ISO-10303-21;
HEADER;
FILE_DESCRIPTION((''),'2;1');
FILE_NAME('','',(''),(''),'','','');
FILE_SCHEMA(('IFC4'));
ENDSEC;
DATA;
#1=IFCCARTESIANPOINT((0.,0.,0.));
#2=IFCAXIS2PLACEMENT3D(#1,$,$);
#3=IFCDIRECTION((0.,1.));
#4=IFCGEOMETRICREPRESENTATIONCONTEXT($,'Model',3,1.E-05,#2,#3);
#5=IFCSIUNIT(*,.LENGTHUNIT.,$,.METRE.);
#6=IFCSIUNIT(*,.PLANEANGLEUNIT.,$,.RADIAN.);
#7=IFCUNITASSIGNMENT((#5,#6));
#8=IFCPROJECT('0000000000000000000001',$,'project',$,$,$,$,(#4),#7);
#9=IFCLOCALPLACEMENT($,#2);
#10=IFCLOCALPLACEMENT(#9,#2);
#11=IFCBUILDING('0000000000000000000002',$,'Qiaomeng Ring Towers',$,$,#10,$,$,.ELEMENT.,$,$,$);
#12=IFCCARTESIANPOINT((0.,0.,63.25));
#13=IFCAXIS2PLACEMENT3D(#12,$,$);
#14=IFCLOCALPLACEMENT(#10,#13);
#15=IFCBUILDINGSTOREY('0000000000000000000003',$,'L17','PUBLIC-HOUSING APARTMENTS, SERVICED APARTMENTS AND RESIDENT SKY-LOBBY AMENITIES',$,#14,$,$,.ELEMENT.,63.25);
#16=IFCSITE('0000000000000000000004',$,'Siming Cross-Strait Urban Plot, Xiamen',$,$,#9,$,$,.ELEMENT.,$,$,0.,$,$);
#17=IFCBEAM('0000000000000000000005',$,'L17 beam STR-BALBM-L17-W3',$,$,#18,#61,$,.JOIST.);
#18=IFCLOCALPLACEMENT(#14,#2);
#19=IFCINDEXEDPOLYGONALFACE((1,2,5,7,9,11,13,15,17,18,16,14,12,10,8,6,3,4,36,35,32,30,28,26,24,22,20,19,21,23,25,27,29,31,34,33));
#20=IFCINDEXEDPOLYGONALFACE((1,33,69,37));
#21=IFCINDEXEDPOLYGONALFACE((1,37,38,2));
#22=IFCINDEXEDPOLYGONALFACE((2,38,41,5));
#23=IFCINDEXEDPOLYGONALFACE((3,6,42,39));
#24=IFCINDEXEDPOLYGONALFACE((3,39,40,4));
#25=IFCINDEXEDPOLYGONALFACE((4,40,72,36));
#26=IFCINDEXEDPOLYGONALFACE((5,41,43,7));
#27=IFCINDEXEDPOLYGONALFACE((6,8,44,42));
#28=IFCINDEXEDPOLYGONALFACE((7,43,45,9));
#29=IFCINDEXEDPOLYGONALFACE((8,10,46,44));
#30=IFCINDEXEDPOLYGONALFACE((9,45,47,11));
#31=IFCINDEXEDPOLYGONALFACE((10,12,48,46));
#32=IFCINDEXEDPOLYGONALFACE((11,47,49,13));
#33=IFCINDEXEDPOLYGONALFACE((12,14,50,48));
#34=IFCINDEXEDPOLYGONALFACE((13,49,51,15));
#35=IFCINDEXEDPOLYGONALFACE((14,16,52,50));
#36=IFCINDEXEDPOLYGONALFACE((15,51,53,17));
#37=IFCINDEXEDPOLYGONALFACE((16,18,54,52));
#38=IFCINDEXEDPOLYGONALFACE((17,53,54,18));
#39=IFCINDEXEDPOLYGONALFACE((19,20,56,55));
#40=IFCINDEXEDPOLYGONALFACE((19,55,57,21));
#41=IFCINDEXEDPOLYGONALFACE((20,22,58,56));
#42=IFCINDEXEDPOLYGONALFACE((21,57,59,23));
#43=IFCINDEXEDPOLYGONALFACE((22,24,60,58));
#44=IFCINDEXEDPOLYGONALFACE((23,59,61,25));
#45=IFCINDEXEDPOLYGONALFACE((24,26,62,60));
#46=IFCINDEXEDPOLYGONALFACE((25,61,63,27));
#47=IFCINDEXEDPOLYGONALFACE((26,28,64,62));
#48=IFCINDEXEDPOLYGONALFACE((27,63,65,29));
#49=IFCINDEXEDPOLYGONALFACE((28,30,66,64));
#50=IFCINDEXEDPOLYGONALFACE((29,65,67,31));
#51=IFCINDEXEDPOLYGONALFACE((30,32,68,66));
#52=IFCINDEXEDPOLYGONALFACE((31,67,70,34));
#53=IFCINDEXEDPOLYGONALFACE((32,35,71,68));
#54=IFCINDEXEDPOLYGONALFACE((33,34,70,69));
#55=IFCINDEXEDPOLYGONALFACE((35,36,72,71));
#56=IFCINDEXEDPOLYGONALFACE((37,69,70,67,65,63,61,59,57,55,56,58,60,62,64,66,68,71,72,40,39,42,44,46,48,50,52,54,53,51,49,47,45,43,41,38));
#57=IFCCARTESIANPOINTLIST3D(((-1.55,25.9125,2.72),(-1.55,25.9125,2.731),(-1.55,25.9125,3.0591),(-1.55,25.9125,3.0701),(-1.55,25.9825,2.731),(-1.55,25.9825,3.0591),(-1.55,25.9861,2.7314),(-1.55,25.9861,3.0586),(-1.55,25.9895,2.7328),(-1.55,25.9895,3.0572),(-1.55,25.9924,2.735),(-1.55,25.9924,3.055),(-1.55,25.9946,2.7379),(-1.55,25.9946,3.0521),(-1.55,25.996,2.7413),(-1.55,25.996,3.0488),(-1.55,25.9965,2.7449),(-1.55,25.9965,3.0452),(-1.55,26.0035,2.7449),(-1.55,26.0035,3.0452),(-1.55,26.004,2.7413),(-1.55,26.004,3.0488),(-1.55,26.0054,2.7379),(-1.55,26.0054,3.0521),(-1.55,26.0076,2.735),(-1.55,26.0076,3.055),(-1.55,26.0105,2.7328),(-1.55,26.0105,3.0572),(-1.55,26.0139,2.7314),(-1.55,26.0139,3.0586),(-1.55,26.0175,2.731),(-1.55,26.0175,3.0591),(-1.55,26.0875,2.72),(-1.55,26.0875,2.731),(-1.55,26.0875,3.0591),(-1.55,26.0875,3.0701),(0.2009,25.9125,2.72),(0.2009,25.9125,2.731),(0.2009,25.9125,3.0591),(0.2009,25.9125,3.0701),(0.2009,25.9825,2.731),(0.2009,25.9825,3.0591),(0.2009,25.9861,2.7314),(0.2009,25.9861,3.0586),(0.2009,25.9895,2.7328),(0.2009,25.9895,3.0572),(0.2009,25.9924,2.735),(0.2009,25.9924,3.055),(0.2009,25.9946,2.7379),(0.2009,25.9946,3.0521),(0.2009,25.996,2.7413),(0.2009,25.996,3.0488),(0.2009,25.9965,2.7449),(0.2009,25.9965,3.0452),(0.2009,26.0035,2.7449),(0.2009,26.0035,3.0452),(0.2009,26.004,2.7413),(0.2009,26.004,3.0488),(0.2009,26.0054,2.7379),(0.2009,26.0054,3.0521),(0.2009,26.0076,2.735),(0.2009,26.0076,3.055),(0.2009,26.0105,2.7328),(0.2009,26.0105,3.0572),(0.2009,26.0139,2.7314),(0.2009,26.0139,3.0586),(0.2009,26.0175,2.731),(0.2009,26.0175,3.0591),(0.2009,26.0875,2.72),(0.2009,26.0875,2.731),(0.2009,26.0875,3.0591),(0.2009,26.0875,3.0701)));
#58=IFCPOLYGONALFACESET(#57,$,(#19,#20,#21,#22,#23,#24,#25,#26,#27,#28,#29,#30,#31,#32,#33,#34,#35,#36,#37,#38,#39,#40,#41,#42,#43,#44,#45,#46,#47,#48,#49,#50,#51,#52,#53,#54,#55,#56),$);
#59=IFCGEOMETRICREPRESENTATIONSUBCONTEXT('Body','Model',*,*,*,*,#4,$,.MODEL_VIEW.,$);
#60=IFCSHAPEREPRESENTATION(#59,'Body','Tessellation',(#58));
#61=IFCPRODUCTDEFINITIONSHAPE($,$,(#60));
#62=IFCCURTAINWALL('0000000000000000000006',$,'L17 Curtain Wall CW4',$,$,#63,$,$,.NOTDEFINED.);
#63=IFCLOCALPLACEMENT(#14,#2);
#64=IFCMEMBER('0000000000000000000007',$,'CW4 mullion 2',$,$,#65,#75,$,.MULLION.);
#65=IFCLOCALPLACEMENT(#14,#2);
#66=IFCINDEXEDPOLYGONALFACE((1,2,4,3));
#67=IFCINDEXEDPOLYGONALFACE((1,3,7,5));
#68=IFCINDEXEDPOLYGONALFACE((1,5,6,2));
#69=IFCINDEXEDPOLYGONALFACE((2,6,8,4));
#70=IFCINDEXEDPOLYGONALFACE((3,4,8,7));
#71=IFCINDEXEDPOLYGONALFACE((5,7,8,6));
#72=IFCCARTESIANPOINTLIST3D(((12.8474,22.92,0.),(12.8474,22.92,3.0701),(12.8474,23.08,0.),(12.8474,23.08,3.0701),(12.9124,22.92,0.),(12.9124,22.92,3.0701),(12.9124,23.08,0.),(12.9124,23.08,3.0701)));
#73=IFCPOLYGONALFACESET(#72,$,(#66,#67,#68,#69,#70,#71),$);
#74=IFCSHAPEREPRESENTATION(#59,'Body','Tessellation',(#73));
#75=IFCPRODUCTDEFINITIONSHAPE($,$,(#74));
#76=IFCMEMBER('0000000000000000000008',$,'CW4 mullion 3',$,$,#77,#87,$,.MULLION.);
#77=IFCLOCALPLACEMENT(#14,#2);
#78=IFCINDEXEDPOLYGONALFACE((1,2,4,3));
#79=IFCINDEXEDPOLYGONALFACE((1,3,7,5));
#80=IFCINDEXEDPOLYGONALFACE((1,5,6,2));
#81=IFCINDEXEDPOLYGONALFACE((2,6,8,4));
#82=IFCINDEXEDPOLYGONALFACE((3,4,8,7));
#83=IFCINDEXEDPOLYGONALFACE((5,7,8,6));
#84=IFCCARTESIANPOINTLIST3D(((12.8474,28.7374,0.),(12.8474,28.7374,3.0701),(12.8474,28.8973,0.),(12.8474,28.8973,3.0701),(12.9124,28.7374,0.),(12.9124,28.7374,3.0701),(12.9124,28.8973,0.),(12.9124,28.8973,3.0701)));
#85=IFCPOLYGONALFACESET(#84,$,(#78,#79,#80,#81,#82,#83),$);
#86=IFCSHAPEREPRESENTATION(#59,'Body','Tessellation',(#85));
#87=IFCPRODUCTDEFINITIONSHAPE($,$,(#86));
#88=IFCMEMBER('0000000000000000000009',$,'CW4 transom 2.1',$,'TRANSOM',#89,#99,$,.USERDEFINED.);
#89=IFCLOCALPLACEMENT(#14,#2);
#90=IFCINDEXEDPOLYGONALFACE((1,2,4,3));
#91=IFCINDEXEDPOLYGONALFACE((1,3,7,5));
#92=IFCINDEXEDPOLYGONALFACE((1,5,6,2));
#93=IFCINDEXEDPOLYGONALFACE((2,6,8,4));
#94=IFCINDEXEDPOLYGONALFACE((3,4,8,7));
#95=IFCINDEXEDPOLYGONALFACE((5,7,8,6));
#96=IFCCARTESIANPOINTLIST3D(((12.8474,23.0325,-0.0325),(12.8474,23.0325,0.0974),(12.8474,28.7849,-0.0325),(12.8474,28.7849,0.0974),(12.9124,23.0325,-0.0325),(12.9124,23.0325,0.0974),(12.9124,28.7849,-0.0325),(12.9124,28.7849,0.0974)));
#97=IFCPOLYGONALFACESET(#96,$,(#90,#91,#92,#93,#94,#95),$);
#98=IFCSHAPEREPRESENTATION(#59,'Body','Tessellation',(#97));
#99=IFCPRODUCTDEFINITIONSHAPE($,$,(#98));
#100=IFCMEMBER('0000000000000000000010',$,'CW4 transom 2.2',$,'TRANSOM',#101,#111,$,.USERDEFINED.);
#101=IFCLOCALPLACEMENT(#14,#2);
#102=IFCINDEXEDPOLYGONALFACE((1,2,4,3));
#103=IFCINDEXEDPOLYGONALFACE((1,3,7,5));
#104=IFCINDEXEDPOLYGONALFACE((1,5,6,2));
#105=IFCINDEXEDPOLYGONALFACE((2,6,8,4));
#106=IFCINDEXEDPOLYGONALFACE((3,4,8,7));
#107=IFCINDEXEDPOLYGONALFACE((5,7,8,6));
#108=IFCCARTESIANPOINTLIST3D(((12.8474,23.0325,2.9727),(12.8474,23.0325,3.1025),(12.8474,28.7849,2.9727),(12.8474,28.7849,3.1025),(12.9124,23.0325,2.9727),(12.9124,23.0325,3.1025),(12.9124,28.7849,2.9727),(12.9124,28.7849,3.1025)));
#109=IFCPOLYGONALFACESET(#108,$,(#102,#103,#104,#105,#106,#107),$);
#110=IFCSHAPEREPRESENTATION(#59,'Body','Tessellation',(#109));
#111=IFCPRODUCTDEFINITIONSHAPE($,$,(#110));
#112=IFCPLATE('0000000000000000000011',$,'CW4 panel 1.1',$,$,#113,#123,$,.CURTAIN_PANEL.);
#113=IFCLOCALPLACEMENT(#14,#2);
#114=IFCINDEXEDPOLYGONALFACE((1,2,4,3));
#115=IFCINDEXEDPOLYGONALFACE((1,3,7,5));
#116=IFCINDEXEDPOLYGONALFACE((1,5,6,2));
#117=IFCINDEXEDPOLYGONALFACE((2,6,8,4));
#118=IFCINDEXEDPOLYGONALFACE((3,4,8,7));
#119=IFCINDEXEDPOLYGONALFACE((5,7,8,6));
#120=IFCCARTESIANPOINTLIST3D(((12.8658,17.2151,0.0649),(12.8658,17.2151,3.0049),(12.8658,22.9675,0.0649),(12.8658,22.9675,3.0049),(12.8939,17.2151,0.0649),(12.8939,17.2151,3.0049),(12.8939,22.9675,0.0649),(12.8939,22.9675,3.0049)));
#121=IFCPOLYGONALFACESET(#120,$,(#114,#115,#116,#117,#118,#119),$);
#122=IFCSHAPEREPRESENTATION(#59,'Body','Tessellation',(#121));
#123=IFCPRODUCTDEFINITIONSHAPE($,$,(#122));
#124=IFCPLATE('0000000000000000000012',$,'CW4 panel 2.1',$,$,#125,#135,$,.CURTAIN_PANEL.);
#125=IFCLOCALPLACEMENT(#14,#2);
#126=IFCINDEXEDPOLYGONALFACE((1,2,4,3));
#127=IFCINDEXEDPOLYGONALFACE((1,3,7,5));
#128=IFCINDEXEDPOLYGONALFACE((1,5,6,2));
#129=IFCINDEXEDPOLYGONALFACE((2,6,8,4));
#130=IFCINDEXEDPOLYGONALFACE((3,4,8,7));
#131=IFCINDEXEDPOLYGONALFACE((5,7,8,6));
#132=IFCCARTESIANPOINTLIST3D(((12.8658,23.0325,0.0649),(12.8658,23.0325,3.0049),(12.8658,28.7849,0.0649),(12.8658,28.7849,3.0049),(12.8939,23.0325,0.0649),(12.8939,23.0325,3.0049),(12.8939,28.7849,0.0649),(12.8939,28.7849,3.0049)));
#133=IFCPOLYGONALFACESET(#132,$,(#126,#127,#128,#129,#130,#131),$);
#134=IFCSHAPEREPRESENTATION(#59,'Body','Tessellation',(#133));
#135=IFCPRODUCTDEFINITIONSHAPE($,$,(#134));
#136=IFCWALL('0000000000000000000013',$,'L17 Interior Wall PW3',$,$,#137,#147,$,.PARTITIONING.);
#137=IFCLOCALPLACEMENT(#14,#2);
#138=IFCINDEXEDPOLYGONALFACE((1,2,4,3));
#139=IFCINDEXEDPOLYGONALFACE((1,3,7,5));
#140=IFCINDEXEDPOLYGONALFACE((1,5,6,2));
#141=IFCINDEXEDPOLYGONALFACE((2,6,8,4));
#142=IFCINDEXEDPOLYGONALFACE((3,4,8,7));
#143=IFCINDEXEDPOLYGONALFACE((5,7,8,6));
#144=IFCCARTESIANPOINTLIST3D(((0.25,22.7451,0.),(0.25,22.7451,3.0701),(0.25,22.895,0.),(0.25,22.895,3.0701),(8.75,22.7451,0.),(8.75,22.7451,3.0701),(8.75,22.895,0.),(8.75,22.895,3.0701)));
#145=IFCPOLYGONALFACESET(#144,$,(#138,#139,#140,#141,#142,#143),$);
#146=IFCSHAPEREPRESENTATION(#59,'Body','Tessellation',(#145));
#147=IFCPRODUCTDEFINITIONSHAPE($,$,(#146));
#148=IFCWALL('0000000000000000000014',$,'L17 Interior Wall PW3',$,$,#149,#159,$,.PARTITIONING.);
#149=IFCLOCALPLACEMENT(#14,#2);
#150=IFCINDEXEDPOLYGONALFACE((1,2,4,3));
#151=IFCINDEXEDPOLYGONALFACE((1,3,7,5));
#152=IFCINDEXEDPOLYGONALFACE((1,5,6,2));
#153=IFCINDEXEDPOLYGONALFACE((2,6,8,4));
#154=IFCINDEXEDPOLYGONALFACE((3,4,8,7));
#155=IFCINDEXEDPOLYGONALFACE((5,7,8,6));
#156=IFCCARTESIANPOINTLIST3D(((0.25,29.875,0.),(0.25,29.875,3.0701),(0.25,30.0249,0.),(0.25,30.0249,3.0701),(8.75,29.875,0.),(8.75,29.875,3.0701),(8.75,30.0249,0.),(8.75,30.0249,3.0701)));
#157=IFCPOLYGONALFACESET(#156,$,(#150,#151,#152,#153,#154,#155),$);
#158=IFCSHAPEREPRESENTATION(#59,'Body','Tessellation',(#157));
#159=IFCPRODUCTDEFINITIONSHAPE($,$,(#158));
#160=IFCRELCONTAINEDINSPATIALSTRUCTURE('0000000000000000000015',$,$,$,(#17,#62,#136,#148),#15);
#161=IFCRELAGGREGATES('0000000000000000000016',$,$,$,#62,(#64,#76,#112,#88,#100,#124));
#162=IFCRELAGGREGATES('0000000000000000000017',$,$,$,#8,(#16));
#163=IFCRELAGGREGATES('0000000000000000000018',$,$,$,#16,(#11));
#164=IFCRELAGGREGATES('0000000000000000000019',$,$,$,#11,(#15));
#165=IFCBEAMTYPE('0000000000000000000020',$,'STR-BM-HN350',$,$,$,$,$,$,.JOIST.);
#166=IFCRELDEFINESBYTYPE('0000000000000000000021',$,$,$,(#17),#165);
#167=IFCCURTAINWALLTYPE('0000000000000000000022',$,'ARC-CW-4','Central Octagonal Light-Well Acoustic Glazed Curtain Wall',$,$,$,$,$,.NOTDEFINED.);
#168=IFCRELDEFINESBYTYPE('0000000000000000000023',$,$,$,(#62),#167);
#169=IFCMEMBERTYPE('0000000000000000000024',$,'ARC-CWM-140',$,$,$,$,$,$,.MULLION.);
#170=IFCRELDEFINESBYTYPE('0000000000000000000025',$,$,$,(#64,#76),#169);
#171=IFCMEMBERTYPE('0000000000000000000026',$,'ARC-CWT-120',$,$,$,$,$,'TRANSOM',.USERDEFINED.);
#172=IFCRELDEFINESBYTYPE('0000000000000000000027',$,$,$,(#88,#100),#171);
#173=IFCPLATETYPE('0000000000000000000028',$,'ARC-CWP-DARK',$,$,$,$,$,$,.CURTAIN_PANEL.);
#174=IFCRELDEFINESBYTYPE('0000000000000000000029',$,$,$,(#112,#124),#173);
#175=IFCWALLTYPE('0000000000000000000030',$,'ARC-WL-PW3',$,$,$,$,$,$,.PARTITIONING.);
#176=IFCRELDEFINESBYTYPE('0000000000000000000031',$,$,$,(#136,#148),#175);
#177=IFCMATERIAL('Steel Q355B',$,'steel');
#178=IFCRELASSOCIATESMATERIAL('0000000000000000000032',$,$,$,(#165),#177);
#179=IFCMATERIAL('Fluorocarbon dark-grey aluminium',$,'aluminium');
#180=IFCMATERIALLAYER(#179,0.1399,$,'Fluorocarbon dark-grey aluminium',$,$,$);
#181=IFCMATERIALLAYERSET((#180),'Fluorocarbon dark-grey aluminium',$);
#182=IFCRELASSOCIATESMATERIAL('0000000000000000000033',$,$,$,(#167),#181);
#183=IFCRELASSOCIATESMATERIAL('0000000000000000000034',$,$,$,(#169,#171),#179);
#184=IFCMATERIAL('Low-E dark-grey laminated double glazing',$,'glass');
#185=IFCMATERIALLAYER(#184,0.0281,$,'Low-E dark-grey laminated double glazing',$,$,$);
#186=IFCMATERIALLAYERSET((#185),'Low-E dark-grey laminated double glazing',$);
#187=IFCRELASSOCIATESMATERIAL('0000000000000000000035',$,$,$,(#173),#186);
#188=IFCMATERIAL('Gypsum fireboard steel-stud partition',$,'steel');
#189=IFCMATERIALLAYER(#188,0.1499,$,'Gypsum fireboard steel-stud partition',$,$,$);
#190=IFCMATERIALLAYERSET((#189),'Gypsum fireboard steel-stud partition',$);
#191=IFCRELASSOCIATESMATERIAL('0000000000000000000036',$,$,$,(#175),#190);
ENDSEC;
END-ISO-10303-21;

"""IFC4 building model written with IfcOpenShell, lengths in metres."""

from ifc_helpers import new_model, si_unit, direction, frame, frame_2d, origin, origin_2d, place, context, subcontext, project, spatial, rectangle, i_section, extrude, source, transform, mapped, material, layer, layer_set, material_profile, profile_set, type_object, element, aggregate, save


model = new_model("IFC4")

# Units and contexts
model_context = context("Model", 3, precision=1e-05, world=origin(), true_north=direction((0.0, 1.0)))
body_context = subcontext(model_context, "Body", "Model", "MODEL_VIEW")
ifc_project = project(units=[si_unit("LENGTHUNIT", "METRE"), si_unit("PLANEANGLEUNIT", "RADIAN")], contexts=[model_context])

# Site, building, storey
site_placement = place(None, origin())
site = spatial("IfcSite", under=ifc_project, at=site_placement, Name="Siming Cross-Strait Urban Plot, Xiamen", CompositionType="ELEMENT", RefElevation=0.0)
building_placement = place(site_placement, origin())
building = spatial("IfcBuilding", under=site, at=building_placement, Name="Qiaomeng Ring Towers", CompositionType="ELEMENT")
storey_placement = place(building_placement, frame((0.0, 0.0, 63.25)))
storey = spatial("IfcBuildingStorey", under=building, at=storey_placement, Name="L17", Description="PUBLIC-HOUSING APARTMENTS, SERVICED APARTMENTS AND RESIDENT SKY-LOBBY AMENITIES", CompositionType="ELEMENT", Elevation=63.25)

# Beam
ifc_material_1 = material(Name="Steel Q355B", Category="steel")
ifc_material_profile_1 = material_profile(ifc_material_1, i_section(OverallWidth=0.175, OverallDepth=0.3501, WebThickness=0.0071, FlangeThickness=0.011, FilletRadius=0.0139, at=origin_2d()), Name="HN 350x175x7x11")
ifc_profile_set_1 = profile_set([ifc_material_profile_1], Name="Steel Q355B")
beam_type_1 = type_object("IfcBeamType", Name="STR-BM-HN350", PredefinedType="JOIST", material=ifc_profile_set_1)
shared_shape_1 = source(origin(), body_context, "Body", "SweptSolid", [
    extrude(i_section(OverallWidth=0.175, OverallDepth=0.3501, WebThickness=0.0071, FlangeThickness=0.011, FilletRadius=0.0139, at=origin_2d()), origin(), (0.0, 0.0, 1.0), 1.751),
])
beam_1_placement = place(storey_placement, frame((-1.55, 26.0, 2.895), z_axis=(1.0, 0.0, 0.0), x_axis=(0.0, 1.0, 0.0)))
element("IfcBeam", 1, at=beam_1_placement, inside=storey, type_object=beam_type_1, Name="L17 beam STR-BALBM-L17-W3", PredefinedType="JOIST", context=body_context, shape_type="MappedRepresentation", body=[
    mapped(shared_shape_1, transform((0.0, 0.0, 0.0), x_axis=(1.0, 0.0, 0.0), y_axis=(0.0, 1.0, 0.0), z_axis=(0.0, 0.0, 1.0), scale=1.0)),
])

# Curtain wall, members, plates
ifc_material_2 = material(Name="Fluorocarbon dark-grey aluminium", Category="aluminium")
ifc_layer_1 = layer(ifc_material_2, 0.1399, Name="Fluorocarbon dark-grey aluminium")
ifc_layer_set_1 = layer_set([ifc_layer_1], Name="Fluorocarbon dark-grey aluminium")
curtain_wall_type = type_object("IfcCurtainWallType", Name="ARC-CW-4", Description="Central Octagonal Light-Well Acoustic Glazed Curtain Wall", PredefinedType="NOTDEFINED", material=ifc_layer_set_1)
curtain_wall_placement = place(storey_placement, origin())
curtain_wall = element("IfcCurtainWall", 2, at=curtain_wall_placement, inside=storey, type_object=curtain_wall_type, Name="L17 Curtain Wall CW4", PredefinedType="NOTDEFINED")
ifc_material_profile_2 = material_profile(ifc_material_2, rectangle(XDim=0.0649, YDim=0.1599, at=origin_2d()), Name="ALU MULL 65x160")
ifc_profile_set_2 = profile_set([ifc_material_profile_2], Name="Fluorocarbon dark-grey aluminium")
member_type_1 = type_object("IfcMemberType", Name="ARC-CWM-140", PredefinedType="MULLION", material=ifc_profile_set_2)
shared_shape_2 = source(origin(), body_context, "Body", "SweptSolid", [
    extrude(rectangle(XDim=0.0649, YDim=0.1599, at=origin_2d()), origin(), (0.0, 0.0, 1.0), 3.0701),
])
member_1_placement = place(storey_placement, frame((12.8799, 23.0, 0.0), z_axis=(0.0, 0.0, 1.0), x_axis=(-1.0, 0.0, 0.0)))
member_1 = element("IfcMember", 3, at=member_1_placement, type_object=member_type_1, Name="CW4 mullion 2", PredefinedType="MULLION", context=body_context, shape_type="MappedRepresentation", body=[
    mapped(shared_shape_2, transform((0.0, 0.0, 0.0), x_axis=(1.0, 0.0, 0.0), y_axis=(0.0, 1.0, 0.0), z_axis=(0.0, 0.0, 1.0), scale=1.0)),
])
member_2_placement = place(storey_placement, frame((12.8799, 28.8174, 0.0), z_axis=(0.0, 0.0, 1.0), x_axis=(-1.0, 0.0, 0.0)))
member_2 = element("IfcMember", 4, at=member_2_placement, type_object=member_type_1, Name="CW4 mullion 3", PredefinedType="MULLION", context=body_context, shape_type="MappedRepresentation", body=[
    mapped(shared_shape_2, transform((0.0, 0.0, 0.0), x_axis=(1.0, 0.0, 0.0), y_axis=(0.0, 1.0, 0.0), z_axis=(0.0, 0.0, 1.0), scale=1.0)),
])
ifc_material_profile_3 = material_profile(ifc_material_2, rectangle(XDim=0.0649, YDim=0.1299, at=origin_2d()), Name="ALU TRAN 65x130")
ifc_profile_set_3 = profile_set([ifc_material_profile_3], Name="Fluorocarbon dark-grey aluminium")
member_type_2 = type_object("IfcMemberType", Name="ARC-CWT-120", ElementType="TRANSOM", PredefinedType="USERDEFINED", material=ifc_profile_set_3)
shared_shape_3 = source(origin(), body_context, "Body", "SweptSolid", [
    extrude(rectangle(XDim=0.0649, YDim=0.1299, at=origin_2d()), origin(), (0.0, 0.0, 1.0), 5.7524),
])
member_3_placement = place(storey_placement, frame((12.8799, 23.0325, 0.0325), z_axis=(0.0, 1.0, 0.0), x_axis=(-1.0, 0.0, 0.0)))
member_3 = element("IfcMember", 5, at=member_3_placement, type_object=member_type_2, Name="CW4 transom 2.1", ObjectType="TRANSOM", PredefinedType="USERDEFINED", context=body_context, shape_type="MappedRepresentation", body=[
    mapped(shared_shape_3, transform((0.0, 0.0, 0.0), x_axis=(1.0, 0.0, 0.0), y_axis=(0.0, 1.0, 0.0), z_axis=(0.0, 0.0, 1.0), scale=1.0)),
])
member_4_placement = place(storey_placement, frame((12.8799, 23.0325, 3.0376), z_axis=(0.0, 1.0, 0.0), x_axis=(-1.0, 0.0, 0.0)))
member_4 = element("IfcMember", 6, at=member_4_placement, type_object=member_type_2, Name="CW4 transom 2.2", ObjectType="TRANSOM", PredefinedType="USERDEFINED", context=body_context, shape_type="MappedRepresentation", body=[
    mapped(shared_shape_3, transform((0.0, 0.0, 0.0), x_axis=(1.0, 0.0, 0.0), y_axis=(0.0, 1.0, 0.0), z_axis=(0.0, 0.0, 1.0), scale=1.0)),
])
ifc_material_3 = material(Name="Low-E dark-grey laminated double glazing", Category="glass")
ifc_layer_2 = layer(ifc_material_3, 0.0281, Name="Low-E dark-grey laminated double glazing")
ifc_layer_set_2 = layer_set([ifc_layer_2], Name="Low-E dark-grey laminated double glazing")
plate_type = type_object("IfcPlateType", Name="ARC-CWP-DARK", PredefinedType="CURTAIN_PANEL", material=ifc_layer_set_2)
shared_shape_4 = source(origin(), body_context, "Body", "SweptSolid", [
    extrude(rectangle(XDim=5.7524, YDim=0.0281, at=origin_2d()), origin(), (0.0, 0.0, 1.0), 2.9399),
])
plate_1_placement = place(storey_placement, frame((12.8799, 20.0913, 0.0649), z_axis=(0.0, 0.0, 1.0), x_axis=(0.0, 1.0, 0.0)))
plate_1 = element("IfcPlate", 7, at=plate_1_placement, type_object=plate_type, Name="CW4 panel 1.1", PredefinedType="CURTAIN_PANEL", context=body_context, shape_type="MappedRepresentation", body=[
    mapped(shared_shape_4, transform((0.0, 0.0, 0.0), x_axis=(1.0, 0.0, 0.0), y_axis=(0.0, 1.0, 0.0), z_axis=(0.0, 0.0, 1.0), scale=1.0)),
])
plate_2_placement = place(storey_placement, frame((12.8799, 25.9087, 0.0649), z_axis=(0.0, 0.0, 1.0), x_axis=(0.0, 1.0, 0.0)))
plate_2 = element("IfcPlate", 8, at=plate_2_placement, type_object=plate_type, Name="CW4 panel 2.1", PredefinedType="CURTAIN_PANEL", context=body_context, shape_type="MappedRepresentation", body=[
    mapped(shared_shape_4, transform((0.0, 0.0, 0.0), x_axis=(1.0, 0.0, 0.0), y_axis=(0.0, 1.0, 0.0), z_axis=(0.0, 0.0, 1.0), scale=1.0)),
])
aggregate(curtain_wall, [member_1, member_2, plate_1, member_3, member_4, plate_2])

# Walls
ifc_material_4 = material(Name="Gypsum fireboard steel-stud partition", Category="steel")
ifc_layer_3 = layer(ifc_material_4, 0.1499, Name="Gypsum fireboard steel-stud partition")
ifc_layer_set_3 = layer_set([ifc_layer_3], Name="Gypsum fireboard steel-stud partition")
wall_type_1 = type_object("IfcWallType", Name="ARC-WL-PW3", PredefinedType="PARTITIONING", material=ifc_layer_set_3)
for number, where, z_axis, x_axis, name in (
    (9, (0.25, 22.8201, 0.0), (0.0, 0.0, 1.0), (1.0, 0.0, 0.0), "L17 Interior Wall PW3"),
    (10, (0.25, 29.95, 0.0), (0.0, 0.0, 1.0), (1.0, 0.0, 0.0), "L17 Interior Wall PW3"),
):
    element("IfcWall", number, at=place(storey_placement, frame(where, z_axis=z_axis, x_axis=x_axis)), inside=storey, type_object=wall_type_1, Name=name, PredefinedType="PARTITIONING", context=body_context, shape_type="SweptSolid", body=[
        extrude(rectangle(XDim=8.5, YDim=0.1499, at=frame_2d((4.25, 0.0))), origin(), (0.0, 0.0, 1.0), 3.0701),
    ])

save(model, "model.ifc")
